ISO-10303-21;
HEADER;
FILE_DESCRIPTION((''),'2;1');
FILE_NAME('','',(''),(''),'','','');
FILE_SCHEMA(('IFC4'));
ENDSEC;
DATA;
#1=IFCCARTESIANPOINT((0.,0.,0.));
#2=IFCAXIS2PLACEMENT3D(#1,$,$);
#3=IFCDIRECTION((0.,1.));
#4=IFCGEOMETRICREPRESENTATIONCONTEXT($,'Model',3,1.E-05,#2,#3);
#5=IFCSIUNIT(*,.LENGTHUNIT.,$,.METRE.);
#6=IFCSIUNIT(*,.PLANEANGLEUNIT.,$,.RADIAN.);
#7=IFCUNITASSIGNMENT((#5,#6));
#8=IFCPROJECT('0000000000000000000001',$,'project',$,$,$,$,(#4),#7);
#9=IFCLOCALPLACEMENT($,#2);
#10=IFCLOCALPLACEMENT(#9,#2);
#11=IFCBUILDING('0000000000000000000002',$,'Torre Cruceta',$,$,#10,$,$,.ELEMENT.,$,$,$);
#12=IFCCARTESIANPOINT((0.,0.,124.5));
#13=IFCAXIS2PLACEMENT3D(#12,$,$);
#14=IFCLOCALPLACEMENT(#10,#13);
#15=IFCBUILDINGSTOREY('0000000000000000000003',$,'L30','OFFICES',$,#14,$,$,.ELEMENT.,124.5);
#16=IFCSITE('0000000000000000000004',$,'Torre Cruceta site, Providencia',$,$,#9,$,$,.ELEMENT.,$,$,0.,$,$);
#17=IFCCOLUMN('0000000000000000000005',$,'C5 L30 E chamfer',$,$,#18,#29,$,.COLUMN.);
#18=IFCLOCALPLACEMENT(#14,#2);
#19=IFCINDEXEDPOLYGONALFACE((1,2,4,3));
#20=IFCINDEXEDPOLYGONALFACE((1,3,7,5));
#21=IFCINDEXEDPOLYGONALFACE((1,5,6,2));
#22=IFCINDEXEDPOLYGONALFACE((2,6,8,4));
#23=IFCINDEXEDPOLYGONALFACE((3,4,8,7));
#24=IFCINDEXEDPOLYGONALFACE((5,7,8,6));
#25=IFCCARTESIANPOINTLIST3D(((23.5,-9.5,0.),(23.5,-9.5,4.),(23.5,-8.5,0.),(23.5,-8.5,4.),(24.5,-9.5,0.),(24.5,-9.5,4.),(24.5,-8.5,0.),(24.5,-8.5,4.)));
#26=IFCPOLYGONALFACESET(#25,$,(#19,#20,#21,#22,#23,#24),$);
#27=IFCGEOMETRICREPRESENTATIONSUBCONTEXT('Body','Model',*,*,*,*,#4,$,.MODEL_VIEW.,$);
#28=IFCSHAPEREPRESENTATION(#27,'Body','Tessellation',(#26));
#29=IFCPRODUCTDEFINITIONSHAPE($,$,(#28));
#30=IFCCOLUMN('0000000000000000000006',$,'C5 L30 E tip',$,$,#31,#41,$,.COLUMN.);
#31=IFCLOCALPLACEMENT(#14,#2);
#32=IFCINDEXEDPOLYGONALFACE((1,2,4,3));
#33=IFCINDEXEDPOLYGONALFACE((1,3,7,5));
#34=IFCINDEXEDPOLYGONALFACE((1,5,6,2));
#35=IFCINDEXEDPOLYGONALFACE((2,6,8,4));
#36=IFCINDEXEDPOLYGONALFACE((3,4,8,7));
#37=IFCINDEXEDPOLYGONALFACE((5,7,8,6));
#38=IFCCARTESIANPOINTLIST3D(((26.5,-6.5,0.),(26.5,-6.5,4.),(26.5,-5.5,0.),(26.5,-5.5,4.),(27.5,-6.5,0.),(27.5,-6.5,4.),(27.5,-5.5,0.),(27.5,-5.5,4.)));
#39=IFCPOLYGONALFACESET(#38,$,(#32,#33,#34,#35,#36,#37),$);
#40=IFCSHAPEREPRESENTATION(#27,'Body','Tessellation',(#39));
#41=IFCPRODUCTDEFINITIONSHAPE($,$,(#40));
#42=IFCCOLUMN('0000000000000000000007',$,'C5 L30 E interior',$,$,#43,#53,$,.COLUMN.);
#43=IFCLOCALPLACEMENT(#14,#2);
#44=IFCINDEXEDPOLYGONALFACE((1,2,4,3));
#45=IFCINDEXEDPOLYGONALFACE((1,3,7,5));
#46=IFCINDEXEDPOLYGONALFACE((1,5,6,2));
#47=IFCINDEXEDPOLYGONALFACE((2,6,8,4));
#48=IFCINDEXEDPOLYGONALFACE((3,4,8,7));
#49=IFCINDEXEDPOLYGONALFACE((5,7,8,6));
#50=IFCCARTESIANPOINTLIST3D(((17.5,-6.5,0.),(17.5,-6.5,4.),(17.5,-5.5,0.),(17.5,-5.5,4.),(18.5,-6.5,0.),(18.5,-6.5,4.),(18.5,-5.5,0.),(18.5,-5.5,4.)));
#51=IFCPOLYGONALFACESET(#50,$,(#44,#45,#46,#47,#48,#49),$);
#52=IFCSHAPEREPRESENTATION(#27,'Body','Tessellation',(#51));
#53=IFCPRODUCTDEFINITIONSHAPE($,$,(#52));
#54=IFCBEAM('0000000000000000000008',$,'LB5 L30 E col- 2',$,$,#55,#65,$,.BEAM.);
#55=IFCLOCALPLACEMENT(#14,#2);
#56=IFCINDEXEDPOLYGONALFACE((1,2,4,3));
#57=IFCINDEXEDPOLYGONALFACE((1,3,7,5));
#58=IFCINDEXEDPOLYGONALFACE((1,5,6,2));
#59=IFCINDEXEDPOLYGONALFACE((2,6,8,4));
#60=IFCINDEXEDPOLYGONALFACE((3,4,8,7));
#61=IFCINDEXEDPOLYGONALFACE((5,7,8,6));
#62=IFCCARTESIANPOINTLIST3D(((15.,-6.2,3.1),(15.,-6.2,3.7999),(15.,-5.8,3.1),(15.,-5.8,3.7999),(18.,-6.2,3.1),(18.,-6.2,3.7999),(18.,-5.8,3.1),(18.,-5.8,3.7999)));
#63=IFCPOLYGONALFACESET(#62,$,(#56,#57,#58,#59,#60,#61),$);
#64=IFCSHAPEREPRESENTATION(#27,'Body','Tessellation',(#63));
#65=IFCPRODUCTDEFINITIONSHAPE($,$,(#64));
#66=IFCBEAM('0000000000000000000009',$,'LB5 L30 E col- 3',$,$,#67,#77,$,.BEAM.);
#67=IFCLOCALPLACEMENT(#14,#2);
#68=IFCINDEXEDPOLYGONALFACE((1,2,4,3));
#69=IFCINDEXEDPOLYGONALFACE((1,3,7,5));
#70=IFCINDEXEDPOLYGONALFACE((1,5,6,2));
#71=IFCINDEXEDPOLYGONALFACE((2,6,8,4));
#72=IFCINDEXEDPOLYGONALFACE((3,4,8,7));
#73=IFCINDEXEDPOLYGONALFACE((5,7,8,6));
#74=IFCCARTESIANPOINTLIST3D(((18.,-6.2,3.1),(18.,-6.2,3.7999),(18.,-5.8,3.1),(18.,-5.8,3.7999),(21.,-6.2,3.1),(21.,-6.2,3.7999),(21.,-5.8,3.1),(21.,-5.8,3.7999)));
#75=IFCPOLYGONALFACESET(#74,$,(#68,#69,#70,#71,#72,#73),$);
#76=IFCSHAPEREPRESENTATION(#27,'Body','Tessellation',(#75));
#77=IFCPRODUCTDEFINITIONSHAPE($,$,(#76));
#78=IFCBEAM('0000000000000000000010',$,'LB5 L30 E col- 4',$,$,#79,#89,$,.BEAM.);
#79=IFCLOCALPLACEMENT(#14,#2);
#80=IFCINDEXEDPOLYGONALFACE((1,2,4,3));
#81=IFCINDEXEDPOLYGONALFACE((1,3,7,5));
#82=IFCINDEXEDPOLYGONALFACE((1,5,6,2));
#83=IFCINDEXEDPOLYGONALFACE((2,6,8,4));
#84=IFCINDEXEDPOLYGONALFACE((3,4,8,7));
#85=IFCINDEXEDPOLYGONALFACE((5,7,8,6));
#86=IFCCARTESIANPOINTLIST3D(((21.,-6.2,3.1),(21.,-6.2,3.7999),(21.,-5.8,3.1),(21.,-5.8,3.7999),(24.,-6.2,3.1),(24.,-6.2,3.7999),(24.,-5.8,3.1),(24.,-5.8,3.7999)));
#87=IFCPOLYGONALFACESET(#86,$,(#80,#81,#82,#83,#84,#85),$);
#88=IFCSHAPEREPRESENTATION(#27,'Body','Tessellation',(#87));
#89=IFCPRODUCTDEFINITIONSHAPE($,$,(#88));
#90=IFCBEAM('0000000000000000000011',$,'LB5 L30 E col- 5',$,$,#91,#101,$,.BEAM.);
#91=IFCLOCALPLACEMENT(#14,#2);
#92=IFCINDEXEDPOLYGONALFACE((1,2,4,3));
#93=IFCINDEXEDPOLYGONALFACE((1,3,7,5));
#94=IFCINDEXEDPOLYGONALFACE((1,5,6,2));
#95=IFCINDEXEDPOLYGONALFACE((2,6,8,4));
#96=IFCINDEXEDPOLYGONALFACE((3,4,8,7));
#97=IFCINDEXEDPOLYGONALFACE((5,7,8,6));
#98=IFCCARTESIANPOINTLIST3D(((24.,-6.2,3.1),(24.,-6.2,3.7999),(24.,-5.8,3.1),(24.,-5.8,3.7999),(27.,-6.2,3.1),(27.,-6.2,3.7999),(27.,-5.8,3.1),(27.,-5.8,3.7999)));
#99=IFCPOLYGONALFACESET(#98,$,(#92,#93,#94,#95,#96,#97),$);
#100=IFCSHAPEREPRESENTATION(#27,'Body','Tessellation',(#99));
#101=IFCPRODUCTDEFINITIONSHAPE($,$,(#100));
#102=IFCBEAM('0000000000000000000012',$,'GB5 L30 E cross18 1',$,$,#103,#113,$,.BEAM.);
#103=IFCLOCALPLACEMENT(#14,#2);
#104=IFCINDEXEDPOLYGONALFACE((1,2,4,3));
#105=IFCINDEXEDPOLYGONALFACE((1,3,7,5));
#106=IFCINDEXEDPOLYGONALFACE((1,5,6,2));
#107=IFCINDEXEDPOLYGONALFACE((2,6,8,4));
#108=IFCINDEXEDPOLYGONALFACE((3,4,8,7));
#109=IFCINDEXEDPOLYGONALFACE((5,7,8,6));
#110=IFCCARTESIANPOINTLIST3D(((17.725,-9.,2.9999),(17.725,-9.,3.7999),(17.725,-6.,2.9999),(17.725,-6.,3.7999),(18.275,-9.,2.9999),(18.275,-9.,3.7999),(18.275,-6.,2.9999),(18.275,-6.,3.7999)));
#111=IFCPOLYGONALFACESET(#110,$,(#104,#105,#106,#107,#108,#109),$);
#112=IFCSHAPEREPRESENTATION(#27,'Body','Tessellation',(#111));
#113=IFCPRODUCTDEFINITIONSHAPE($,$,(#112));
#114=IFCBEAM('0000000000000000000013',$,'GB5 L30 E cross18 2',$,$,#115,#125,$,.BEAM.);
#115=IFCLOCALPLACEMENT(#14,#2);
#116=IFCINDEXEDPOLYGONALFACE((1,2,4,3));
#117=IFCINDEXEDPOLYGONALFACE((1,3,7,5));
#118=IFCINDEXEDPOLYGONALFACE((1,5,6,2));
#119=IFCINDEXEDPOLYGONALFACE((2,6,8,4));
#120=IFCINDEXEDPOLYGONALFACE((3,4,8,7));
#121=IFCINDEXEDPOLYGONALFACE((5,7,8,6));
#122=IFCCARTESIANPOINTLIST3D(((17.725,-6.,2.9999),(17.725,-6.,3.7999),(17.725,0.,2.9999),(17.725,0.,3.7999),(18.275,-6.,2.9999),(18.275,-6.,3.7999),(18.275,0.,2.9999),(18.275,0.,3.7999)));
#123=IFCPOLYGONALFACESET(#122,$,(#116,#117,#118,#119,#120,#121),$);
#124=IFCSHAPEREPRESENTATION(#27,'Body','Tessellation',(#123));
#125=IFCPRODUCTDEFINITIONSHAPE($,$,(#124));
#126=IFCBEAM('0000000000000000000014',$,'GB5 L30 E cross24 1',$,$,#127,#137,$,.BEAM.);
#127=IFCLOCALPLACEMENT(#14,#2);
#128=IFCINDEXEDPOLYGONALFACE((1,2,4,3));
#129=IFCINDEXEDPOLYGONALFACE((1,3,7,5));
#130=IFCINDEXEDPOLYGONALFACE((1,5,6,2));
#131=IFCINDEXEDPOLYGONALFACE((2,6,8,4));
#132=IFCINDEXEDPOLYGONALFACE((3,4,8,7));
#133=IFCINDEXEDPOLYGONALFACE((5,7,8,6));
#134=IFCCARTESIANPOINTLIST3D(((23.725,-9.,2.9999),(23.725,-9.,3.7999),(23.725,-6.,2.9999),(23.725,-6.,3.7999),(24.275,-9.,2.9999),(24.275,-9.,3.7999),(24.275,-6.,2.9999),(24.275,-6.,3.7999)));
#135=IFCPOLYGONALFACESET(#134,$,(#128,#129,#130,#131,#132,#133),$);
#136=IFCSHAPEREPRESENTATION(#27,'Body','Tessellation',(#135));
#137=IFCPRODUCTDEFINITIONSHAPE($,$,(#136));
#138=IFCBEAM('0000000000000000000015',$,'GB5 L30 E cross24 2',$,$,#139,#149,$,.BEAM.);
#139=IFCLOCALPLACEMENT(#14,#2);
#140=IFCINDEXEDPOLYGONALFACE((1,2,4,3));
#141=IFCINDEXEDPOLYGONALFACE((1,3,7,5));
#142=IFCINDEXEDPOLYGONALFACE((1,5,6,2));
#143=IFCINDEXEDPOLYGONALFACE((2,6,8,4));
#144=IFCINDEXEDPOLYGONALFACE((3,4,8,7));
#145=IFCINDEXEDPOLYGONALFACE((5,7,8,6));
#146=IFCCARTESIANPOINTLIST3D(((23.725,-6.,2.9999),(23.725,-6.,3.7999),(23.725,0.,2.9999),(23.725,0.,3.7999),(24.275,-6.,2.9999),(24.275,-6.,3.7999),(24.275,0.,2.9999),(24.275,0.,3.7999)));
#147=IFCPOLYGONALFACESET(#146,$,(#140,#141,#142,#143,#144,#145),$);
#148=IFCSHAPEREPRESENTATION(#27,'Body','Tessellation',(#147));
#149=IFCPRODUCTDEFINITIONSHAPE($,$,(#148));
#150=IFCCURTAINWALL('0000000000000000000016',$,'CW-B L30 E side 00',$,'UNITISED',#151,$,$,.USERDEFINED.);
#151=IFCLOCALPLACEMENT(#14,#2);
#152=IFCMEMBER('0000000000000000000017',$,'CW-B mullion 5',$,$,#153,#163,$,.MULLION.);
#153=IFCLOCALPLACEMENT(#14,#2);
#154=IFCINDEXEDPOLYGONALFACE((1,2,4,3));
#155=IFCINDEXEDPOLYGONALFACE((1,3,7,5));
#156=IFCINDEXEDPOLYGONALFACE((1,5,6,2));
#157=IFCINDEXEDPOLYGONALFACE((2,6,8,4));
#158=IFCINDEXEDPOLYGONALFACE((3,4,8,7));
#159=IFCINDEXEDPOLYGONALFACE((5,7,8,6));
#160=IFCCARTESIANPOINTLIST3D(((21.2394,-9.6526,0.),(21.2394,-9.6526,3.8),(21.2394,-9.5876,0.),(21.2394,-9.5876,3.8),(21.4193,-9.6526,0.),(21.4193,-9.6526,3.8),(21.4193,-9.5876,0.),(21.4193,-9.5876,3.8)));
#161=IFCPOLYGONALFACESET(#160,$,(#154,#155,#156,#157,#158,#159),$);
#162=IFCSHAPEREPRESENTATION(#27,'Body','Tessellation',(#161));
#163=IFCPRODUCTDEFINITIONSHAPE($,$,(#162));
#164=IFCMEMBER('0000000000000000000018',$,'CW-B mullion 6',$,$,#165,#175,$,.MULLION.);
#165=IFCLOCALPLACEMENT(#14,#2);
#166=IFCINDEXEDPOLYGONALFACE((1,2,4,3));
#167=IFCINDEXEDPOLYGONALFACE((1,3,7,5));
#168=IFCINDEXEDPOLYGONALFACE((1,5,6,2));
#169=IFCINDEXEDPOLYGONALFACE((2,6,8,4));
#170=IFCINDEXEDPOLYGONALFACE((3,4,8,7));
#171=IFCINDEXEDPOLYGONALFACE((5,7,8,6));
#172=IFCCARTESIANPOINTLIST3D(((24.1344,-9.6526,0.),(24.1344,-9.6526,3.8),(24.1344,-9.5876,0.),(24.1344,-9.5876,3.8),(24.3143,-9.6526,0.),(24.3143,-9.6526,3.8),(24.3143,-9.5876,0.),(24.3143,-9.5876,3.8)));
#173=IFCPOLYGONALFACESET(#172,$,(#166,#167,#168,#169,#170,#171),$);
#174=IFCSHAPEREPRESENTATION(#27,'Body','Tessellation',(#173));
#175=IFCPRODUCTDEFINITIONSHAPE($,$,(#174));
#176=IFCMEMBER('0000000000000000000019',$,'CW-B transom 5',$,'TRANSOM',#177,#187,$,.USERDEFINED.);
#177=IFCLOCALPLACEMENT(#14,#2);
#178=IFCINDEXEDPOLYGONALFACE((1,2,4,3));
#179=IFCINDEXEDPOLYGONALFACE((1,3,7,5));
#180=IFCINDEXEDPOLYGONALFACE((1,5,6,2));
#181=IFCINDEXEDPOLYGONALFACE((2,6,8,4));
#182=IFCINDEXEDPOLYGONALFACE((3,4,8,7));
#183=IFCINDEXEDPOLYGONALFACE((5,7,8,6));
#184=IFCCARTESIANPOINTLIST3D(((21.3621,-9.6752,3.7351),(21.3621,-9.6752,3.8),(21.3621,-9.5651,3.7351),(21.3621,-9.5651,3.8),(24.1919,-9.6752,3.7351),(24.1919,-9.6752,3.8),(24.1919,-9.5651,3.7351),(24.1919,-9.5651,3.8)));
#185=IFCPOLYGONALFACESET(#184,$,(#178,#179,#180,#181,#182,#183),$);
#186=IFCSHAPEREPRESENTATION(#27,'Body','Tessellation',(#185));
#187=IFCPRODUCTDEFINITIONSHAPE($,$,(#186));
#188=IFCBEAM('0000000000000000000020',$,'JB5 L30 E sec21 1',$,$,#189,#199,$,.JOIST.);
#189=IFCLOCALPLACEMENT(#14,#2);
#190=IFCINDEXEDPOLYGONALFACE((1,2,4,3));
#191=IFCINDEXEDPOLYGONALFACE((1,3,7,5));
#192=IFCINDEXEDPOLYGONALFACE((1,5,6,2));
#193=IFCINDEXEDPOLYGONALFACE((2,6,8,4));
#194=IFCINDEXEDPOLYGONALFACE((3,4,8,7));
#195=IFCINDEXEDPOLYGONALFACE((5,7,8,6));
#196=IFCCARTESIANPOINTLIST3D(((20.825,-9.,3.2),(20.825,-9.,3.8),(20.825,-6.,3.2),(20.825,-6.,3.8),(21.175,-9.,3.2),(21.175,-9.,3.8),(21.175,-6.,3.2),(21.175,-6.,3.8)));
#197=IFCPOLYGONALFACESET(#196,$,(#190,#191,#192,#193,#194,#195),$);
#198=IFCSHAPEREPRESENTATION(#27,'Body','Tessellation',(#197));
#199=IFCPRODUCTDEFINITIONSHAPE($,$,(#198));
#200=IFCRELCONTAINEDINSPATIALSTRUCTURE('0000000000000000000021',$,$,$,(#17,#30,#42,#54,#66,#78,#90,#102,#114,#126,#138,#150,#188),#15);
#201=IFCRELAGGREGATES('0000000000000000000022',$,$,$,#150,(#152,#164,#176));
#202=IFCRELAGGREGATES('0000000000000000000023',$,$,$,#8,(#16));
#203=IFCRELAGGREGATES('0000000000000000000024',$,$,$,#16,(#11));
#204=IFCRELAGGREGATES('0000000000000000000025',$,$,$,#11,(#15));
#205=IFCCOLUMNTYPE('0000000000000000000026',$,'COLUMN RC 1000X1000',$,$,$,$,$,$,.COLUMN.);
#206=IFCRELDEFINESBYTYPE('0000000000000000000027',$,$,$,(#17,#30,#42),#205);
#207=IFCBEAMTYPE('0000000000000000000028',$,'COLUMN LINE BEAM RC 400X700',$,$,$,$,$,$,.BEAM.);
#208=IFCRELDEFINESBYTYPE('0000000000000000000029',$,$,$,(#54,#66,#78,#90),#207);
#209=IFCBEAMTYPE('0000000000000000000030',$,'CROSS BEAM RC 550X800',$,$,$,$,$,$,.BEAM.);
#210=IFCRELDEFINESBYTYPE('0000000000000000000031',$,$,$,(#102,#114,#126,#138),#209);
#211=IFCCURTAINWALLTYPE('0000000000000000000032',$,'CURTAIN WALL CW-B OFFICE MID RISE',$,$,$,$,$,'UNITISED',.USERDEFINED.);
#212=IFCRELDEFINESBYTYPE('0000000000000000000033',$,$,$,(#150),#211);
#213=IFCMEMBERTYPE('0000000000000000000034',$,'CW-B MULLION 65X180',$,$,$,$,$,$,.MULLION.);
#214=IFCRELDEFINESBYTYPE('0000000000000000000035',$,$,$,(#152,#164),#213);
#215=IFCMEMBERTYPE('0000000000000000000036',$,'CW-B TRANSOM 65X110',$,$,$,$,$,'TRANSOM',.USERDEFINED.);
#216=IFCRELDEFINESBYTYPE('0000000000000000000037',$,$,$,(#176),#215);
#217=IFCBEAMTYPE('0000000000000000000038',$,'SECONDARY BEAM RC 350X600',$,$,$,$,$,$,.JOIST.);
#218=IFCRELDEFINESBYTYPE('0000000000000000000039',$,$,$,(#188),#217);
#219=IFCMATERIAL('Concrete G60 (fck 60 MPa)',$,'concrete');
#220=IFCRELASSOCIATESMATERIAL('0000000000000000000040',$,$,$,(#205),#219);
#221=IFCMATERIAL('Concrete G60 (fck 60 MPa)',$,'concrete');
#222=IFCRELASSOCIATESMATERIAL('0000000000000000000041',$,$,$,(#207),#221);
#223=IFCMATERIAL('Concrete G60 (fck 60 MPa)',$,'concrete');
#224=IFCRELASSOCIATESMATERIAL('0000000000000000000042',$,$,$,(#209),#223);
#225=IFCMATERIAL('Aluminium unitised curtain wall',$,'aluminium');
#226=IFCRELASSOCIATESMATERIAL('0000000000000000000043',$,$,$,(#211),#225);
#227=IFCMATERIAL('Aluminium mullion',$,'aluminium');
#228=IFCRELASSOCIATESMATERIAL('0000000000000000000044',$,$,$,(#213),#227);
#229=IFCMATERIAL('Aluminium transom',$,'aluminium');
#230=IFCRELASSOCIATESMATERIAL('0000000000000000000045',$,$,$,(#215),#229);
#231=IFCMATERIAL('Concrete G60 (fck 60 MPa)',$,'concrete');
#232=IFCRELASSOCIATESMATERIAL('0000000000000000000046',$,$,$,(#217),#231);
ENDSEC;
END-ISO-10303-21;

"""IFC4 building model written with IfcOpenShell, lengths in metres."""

from ifc_helpers import new_model, si_unit, direction, frame, origin, origin_2d, place, context, subcontext, project, spatial, rectangle, extrude, material, material_profile, profile_set, type_object, element, aggregate, save


model = new_model("IFC4")

# Units and contexts
model_context = context("Model", 3, precision=1e-05, world=origin(), true_north=direction((0.0, 1.0)))
body_context = subcontext(model_context, "Body", "Model", "MODEL_VIEW")
ifc_project = project(units=[si_unit("LENGTHUNIT", "METRE"), si_unit("PLANEANGLEUNIT", "RADIAN")], contexts=[model_context])

# Site, building, storey
site_placement = place(None, origin())
site = spatial("IfcSite", under=ifc_project, at=site_placement, Name="Torre Cruceta site, Providencia", CompositionType="ELEMENT", RefElevation=0.0)
building_placement = place(site_placement, origin())
building = spatial("IfcBuilding", under=site, at=building_placement, Name="Torre Cruceta", CompositionType="ELEMENT")
storey_placement = place(building_placement, frame((0.0, 0.0, 124.5)))
storey = spatial("IfcBuildingStorey", under=building, at=storey_placement, Name="L30", Description="OFFICES", CompositionType="ELEMENT", Elevation=124.5)

# Columns
ifc_material_1 = material(Name="Concrete G60 (fck 60 MPa)", Category="concrete")
ifc_material_profile_1 = material_profile(ifc_material_1, rectangle(XDim=1.0, YDim=1.0, at=origin_2d()), Name="RC 1000X1000")
ifc_profile_set_1 = profile_set([ifc_material_profile_1], Name="Concrete G60 (fck 60 MPa)")
column_type = type_object("IfcColumnType", Name="COLUMN RC 1000X1000", PredefinedType="COLUMN", material=ifc_profile_set_1)
for number, where, z_axis, x_axis, name in (
    (1, (24.0, -9.0, 0.0), (0.0, 0.0, 1.0), (1.0, 0.0, 0.0), "C5 L30 E chamfer"),
    (2, (27.0, -6.0, 0.0), (0.0, 0.0, 1.0), (1.0, 0.0, 0.0), "C5 L30 E tip"),
    (3, (18.0, -6.0, 0.0), (0.0, 0.0, 1.0), (1.0, 0.0, 0.0), "C5 L30 E interior"),
):
    element("IfcColumn", number, at=place(storey_placement, frame(where, z_axis=z_axis, x_axis=x_axis)), inside=storey, type_object=column_type, Name=name, PredefinedType="COLUMN", context=body_context, shape_type="SweptSolid", body=[
        extrude(rectangle(XDim=1.0, YDim=1.0, at=origin_2d()), origin(), (0.0, 0.0, 1.0), 4.0),
    ])

# Beams
ifc_material_2 = material(Name="Concrete G60 (fck 60 MPa)", Category="concrete")
ifc_material_profile_2 = material_profile(ifc_material_2, rectangle(XDim=0.3999, YDim=0.7, at=origin_2d()), Name="RC 400X700")
ifc_profile_set_2 = profile_set([ifc_material_profile_2], Name="Concrete G60 (fck 60 MPa)")
beam_type_1 = type_object("IfcBeamType", Name="COLUMN LINE BEAM RC 400X700", PredefinedType="BEAM", material=ifc_profile_set_2)
for number, where, z_axis, x_axis, name in (
    (4, (15.0, -6.0, 3.45), (1.0, 0.0, 0.0), (0.0, 1.0, 0.0), "LB5 L30 E col- 2"),
    (5, (18.0, -6.0, 3.45), (1.0, 0.0, 0.0), (0.0, 1.0, 0.0), "LB5 L30 E col- 3"),
    (6, (21.0, -6.0, 3.45), (1.0, 0.0, 0.0), (0.0, 1.0, 0.0), "LB5 L30 E col- 4"),
    (7, (24.0, -6.0, 3.45), (1.0, 0.0, 0.0), (0.0, 1.0, 0.0), "LB5 L30 E col- 5"),
):
    element("IfcBeam", number, at=place(storey_placement, frame(where, z_axis=z_axis, x_axis=x_axis)), inside=storey, type_object=beam_type_1, Name=name, PredefinedType="BEAM", context=body_context, shape_type="SweptSolid", body=[
        extrude(rectangle(XDim=0.3999, YDim=0.7, at=origin_2d()), origin(), (0.0, 0.0, 1.0), 3.0),
    ])
ifc_material_3 = material(Name="Concrete G60 (fck 60 MPa)", Category="concrete")
ifc_material_profile_3 = material_profile(ifc_material_3, rectangle(XDim=0.55, YDim=0.8, at=origin_2d()), Name="RC 550X800")
ifc_profile_set_3 = profile_set([ifc_material_profile_3], Name="Concrete G60 (fck 60 MPa)")
beam_type_2 = type_object("IfcBeamType", Name="CROSS BEAM RC 550X800", PredefinedType="BEAM", material=ifc_profile_set_3)
beam_1_placement = place(storey_placement, frame((18.0, -9.0, 3.3999), z_axis=(0.0, 1.0, 0.0), x_axis=(-1.0, 0.0, 0.0)))
element("IfcBeam", 8, at=beam_1_placement, inside=storey, type_object=beam_type_2, Name="GB5 L30 E cross18 1", PredefinedType="BEAM", context=body_context, shape_type="SweptSolid", body=[
    extrude(rectangle(XDim=0.55, YDim=0.8, at=origin_2d()), origin(), (0.0, 0.0, 1.0), 3.0),
])
beam_2_placement = place(storey_placement, frame((18.0, -6.0, 3.3999), z_axis=(0.0, 1.0, 0.0), x_axis=(-1.0, 0.0, 0.0)))
element("IfcBeam", 9, at=beam_2_placement, inside=storey, type_object=beam_type_2, Name="GB5 L30 E cross18 2", PredefinedType="BEAM", context=body_context, shape_type="SweptSolid", body=[
    extrude(rectangle(XDim=0.55, YDim=0.8, at=origin_2d()), origin(), (0.0, 0.0, 1.0), 6.0),
])
beam_3_placement = place(storey_placement, frame((24.0, -9.0, 3.3999), z_axis=(0.0, 1.0, 0.0), x_axis=(-1.0, 0.0, 0.0)))
element("IfcBeam", 10, at=beam_3_placement, inside=storey, type_object=beam_type_2, Name="GB5 L30 E cross24 1", PredefinedType="BEAM", context=body_context, shape_type="SweptSolid", body=[
    extrude(rectangle(XDim=0.55, YDim=0.8, at=origin_2d()), origin(), (0.0, 0.0, 1.0), 3.0),
])
beam_4_placement = place(storey_placement, frame((24.0, -6.0, 3.3999), z_axis=(0.0, 1.0, 0.0), x_axis=(-1.0, 0.0, 0.0)))
element("IfcBeam", 11, at=beam_4_placement, inside=storey, type_object=beam_type_2, Name="GB5 L30 E cross24 2", PredefinedType="BEAM", context=body_context, shape_type="SweptSolid", body=[
    extrude(rectangle(XDim=0.55, YDim=0.8, at=origin_2d()), origin(), (0.0, 0.0, 1.0), 6.0),
])

# Curtain wall, members
ifc_material_4 = material(Name="Aluminium unitised curtain wall", Category="aluminium")
curtain_wall_type = type_object("IfcCurtainWallType", Name="CURTAIN WALL CW-B OFFICE MID RISE", ElementType="UNITISED", PredefinedType="USERDEFINED", material=ifc_material_4)
curtain_wall_placement = place(storey_placement, origin())
curtain_wall = element("IfcCurtainWall", 12, at=curtain_wall_placement, inside=storey, type_object=curtain_wall_type, Name="CW-B L30 E side 00", ObjectType="UNITISED", PredefinedType="USERDEFINED")
ifc_material_5 = material(Name="Aluminium mullion", Category="aluminium")
ifc_material_profile_4 = material_profile(ifc_material_5, rectangle(XDim=0.0649, YDim=0.1799, at=origin_2d()), Name="AL 65X180")
ifc_profile_set_4 = profile_set([ifc_material_profile_4], Name="Aluminium mullion")
member_type_1 = type_object("IfcMemberType", Name="CW-B MULLION 65X180", PredefinedType="MULLION", material=ifc_profile_set_4)
member_1_placement = place(storey_placement, frame((21.3293, -9.6201, 0.0), z_axis=(0.0, 0.0, 1.0), x_axis=(0.0, 1.0, 0.0)))
member_1 = element("IfcMember", 13, at=member_1_placement, type_object=member_type_1, Name="CW-B mullion 5", PredefinedType="MULLION", context=body_context, shape_type="SweptSolid", body=[
    extrude(rectangle(XDim=0.0649, YDim=0.1799, at=origin_2d()), origin(), (0.0, 0.0, 1.0), 3.8),
])
member_2_placement = place(storey_placement, frame((24.2244, -9.6201, 0.0), z_axis=(0.0, 0.0, 1.0), x_axis=(0.0, 1.0, 0.0)))
member_2 = element("IfcMember", 14, at=member_2_placement, type_object=member_type_1, Name="CW-B mullion 6", PredefinedType="MULLION", context=body_context, shape_type="SweptSolid", body=[
    extrude(rectangle(XDim=0.0649, YDim=0.1799, at=origin_2d()), origin(), (0.0, 0.0, 1.0), 3.8),
])
ifc_material_6 = material(Name="Aluminium transom", Category="aluminium")
ifc_material_profile_5 = material_profile(ifc_material_6, rectangle(XDim=0.1101, YDim=0.0649, at=origin_2d()), Name="AL 110X65")
ifc_profile_set_5 = profile_set([ifc_material_profile_5], Name="Aluminium transom")
member_type_2 = type_object("IfcMemberType", Name="CW-B TRANSOM 65X110", ElementType="TRANSOM", PredefinedType="USERDEFINED", material=ifc_profile_set_5)
member_3_placement = place(storey_placement, frame((21.3621, -9.6201, 3.7676), z_axis=(1.0, 0.0, 0.0), x_axis=(0.0, 1.0, 0.0)))
member_3 = element("IfcMember", 15, at=member_3_placement, type_object=member_type_2, Name="CW-B transom 5", ObjectType="TRANSOM", PredefinedType="USERDEFINED", context=body_context, shape_type="SweptSolid", body=[
    extrude(rectangle(XDim=0.1101, YDim=0.0649, at=origin_2d()), origin(), (0.0, 0.0, 1.0), 2.8298),
])

# Beam
ifc_material_7 = material(Name="Concrete G60 (fck 60 MPa)", Category="concrete")
ifc_material_profile_6 = material_profile(ifc_material_7, rectangle(XDim=0.3501, YDim=0.6001, at=origin_2d()), Name="RC 350X600")
ifc_profile_set_6 = profile_set([ifc_material_profile_6], Name="Concrete G60 (fck 60 MPa)")
beam_type_3 = type_object("IfcBeamType", Name="SECONDARY BEAM RC 350X600", PredefinedType="JOIST", material=ifc_profile_set_6)
beam_5_placement = place(storey_placement, frame((21.0, -9.0, 3.5), z_axis=(0.0, 1.0, 0.0), x_axis=(-1.0, 0.0, 0.0)))
element("IfcBeam", 16, at=beam_5_placement, inside=storey, type_object=beam_type_3, Name="JB5 L30 E sec21 1", PredefinedType="JOIST", context=body_context, shape_type="SweptSolid", body=[
    extrude(rectangle(XDim=0.3501, YDim=0.6001, at=origin_2d()), origin(), (0.0, 0.0, 1.0), 3.0),
])

aggregate(curtain_wall, [member_1, member_2, member_3])

save(model, "model.ifc")
